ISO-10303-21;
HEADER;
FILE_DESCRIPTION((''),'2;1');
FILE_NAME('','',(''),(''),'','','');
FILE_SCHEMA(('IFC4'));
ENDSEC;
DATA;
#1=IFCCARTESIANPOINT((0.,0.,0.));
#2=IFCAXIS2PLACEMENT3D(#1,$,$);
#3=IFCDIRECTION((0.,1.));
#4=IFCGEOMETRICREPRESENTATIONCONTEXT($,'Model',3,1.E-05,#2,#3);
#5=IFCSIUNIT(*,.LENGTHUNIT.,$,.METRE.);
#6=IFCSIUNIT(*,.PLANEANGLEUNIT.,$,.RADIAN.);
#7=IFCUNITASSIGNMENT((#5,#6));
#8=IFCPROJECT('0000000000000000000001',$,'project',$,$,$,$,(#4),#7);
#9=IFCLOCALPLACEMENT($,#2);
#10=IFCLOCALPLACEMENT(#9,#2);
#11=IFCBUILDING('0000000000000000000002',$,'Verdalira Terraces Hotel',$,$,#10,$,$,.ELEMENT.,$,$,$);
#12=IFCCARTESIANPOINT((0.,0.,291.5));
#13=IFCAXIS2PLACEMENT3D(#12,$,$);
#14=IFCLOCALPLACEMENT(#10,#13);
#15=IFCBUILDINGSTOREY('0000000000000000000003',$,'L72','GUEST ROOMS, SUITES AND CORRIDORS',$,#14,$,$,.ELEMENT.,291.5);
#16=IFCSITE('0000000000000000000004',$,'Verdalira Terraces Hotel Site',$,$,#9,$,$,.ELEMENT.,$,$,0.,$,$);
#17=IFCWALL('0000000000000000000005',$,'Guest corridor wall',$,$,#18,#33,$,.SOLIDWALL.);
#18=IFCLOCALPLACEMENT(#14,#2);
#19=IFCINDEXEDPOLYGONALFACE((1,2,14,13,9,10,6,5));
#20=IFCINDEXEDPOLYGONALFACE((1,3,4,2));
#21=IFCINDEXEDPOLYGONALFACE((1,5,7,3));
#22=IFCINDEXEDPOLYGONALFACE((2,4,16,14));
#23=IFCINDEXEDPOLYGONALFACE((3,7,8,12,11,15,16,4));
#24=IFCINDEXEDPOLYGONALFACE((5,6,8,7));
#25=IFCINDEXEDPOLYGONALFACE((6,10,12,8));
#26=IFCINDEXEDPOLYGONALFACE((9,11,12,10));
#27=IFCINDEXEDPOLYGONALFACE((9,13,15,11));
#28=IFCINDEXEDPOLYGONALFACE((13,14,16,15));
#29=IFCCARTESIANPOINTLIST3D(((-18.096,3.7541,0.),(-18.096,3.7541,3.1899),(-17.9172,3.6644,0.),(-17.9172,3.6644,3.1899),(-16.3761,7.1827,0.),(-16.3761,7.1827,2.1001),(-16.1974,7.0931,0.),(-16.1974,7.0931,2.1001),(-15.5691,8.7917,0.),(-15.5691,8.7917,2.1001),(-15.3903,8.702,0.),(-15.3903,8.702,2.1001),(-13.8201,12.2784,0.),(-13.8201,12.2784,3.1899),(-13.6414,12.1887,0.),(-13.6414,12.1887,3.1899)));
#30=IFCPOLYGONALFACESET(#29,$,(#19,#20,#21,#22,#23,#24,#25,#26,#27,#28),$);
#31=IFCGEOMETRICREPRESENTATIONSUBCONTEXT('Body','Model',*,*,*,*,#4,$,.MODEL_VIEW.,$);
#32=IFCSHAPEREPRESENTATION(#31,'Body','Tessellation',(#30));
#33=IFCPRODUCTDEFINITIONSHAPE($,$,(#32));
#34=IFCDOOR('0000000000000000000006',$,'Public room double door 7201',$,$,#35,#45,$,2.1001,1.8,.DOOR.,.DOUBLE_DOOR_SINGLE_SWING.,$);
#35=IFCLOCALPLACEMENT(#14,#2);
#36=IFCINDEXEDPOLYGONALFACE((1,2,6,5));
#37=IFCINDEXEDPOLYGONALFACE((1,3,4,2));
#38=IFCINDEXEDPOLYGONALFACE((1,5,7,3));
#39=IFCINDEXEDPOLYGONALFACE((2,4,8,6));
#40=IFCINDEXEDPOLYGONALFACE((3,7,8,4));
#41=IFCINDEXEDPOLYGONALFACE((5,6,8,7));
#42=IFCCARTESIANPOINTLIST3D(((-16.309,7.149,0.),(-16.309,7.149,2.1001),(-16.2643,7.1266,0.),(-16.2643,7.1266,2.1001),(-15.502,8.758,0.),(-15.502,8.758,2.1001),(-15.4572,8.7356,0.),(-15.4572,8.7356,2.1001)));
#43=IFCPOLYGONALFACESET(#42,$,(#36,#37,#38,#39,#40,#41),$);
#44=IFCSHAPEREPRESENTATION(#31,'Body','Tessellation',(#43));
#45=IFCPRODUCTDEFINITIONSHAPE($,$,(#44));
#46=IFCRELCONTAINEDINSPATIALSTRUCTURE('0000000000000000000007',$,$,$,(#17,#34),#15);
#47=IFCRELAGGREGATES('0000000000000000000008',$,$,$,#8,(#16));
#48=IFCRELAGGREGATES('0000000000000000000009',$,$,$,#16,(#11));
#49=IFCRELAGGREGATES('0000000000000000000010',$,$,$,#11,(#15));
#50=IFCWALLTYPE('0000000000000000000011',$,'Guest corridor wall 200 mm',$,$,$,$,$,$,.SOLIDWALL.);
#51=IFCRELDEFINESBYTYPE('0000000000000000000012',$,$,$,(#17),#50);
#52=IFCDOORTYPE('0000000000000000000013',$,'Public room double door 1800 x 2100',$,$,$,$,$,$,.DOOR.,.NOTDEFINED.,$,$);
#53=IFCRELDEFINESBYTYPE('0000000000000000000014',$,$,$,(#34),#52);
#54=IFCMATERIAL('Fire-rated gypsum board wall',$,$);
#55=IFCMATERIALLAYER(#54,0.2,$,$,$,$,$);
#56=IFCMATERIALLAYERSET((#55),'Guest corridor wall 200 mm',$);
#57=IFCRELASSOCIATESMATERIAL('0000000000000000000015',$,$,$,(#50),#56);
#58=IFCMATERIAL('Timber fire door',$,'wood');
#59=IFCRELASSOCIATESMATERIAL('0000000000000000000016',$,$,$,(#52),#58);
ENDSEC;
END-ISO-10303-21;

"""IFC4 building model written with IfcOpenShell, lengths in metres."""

from ifc_helpers import new_model, si_unit, direction, frame, frame_2d, origin, place, context, subcontext, project, spatial, rectangle, extrude, material, layer, layer_set, type_object, element, fill, save


model = new_model("IFC4")

# Units and contexts
model_context = context("Model", 3, precision=1e-05, world=origin(), true_north=direction((0.0, 1.0)))
body_context = subcontext(model_context, "Body", "Model", "MODEL_VIEW")
ifc_project = project(units=[si_unit("LENGTHUNIT", "METRE"), si_unit("PLANEANGLEUNIT", "RADIAN")], contexts=[model_context])

# Site, building, storey
site_placement = place(None, origin())
site = spatial("IfcSite", under=ifc_project, at=site_placement, Name="Verdalira Terraces Hotel Site", CompositionType="ELEMENT", RefElevation=0.0)
building_placement = place(site_placement, origin())
building = spatial("IfcBuilding", under=site, at=building_placement, Name="Verdalira Terraces Hotel", CompositionType="ELEMENT")
storey_placement = place(building_placement, frame((0.0, 0.0, 291.5)))
storey = spatial("IfcBuildingStorey", under=building, at=storey_placement, Name="L72", Description="GUEST ROOMS, SUITES AND CORRIDORS", CompositionType="ELEMENT", Elevation=291.5)

# Wall, opening, door
ifc_material_1 = material(Name="Fire-rated gypsum board wall")
ifc_layer_1 = layer(ifc_material_1, 0.2)
ifc_layer_set_1 = layer_set([ifc_layer_1], Name="Guest corridor wall 200 mm")
wall_type_1 = type_object("IfcWallType", Name="Guest corridor wall 200 mm", PredefinedType="SOLIDWALL", material=ifc_layer_set_1)
wall_1_placement = place(storey_placement, frame((-18.0066, 3.7092, 0.0), z_axis=(0.0, 0.0, 1.0), x_axis=(0.44836, 0.893853, 0.0)))
wall_1 = element("IfcWall", 1, at=wall_1_placement, inside=storey, type_object=wall_type_1, Name="Guest corridor wall", PredefinedType="SOLIDWALL", context=body_context, shape_type="SweptSolid", body=[
    extrude(rectangle(XDim=9.5366, YDim=0.2, at=frame_2d((4.7683, 0.0))), origin(), (0.0, 0.0, 1.0), 3.1899),
])
opening_1_placement = place(wall_1_placement, frame((3.8359, 0.0, 0.0)))
opening_1 = element("IfcOpeningElement", 2, at=opening_1_placement, cuts=wall_1, PredefinedType="OPENING", context=body_context, shape_type="SweptSolid", body=[
    extrude(rectangle(XDim=1.8, YDim=2.1001, at=frame_2d((0.8999, 1.05))), frame((0.0, 0.1099, 0.0), z_axis=(0.0, -1.0, 0.0), x_axis=(1.0, 0.0, 0.0)), (0.0, 0.0, 1.0), 0.22),
])
ifc_material_2 = material(Name="Timber fire door", Category="wood")
door_type_1 = type_object("IfcDoorType", Name="Public room double door 1800 x 2100", OperationType="NOTDEFINED", PredefinedType="DOOR", material=ifc_material_2)
door_1_placement = place(opening_1_placement, origin())
door_1 = element("IfcDoor", 3, at=door_1_placement, inside=storey, type_object=door_type_1, Name="Public room double door 7201", OperationType="DOUBLE_DOOR_SINGLE_SWING", OverallHeight=2.1001, OverallWidth=1.8, PredefinedType="DOOR", context=body_context, shape_type="SweptSolid", body=[
    extrude(rectangle(XDim=1.8, YDim=2.1001, at=frame_2d((0.8999, 1.05))), frame((0.0, 0.0249, 0.0), z_axis=(0.0, -1.0, 0.0), x_axis=(1.0, 0.0, 0.0)), (0.0, 0.0, 1.0), 0.05),
])
fill(opening_1, door_1)

save(model, "model.ifc")
